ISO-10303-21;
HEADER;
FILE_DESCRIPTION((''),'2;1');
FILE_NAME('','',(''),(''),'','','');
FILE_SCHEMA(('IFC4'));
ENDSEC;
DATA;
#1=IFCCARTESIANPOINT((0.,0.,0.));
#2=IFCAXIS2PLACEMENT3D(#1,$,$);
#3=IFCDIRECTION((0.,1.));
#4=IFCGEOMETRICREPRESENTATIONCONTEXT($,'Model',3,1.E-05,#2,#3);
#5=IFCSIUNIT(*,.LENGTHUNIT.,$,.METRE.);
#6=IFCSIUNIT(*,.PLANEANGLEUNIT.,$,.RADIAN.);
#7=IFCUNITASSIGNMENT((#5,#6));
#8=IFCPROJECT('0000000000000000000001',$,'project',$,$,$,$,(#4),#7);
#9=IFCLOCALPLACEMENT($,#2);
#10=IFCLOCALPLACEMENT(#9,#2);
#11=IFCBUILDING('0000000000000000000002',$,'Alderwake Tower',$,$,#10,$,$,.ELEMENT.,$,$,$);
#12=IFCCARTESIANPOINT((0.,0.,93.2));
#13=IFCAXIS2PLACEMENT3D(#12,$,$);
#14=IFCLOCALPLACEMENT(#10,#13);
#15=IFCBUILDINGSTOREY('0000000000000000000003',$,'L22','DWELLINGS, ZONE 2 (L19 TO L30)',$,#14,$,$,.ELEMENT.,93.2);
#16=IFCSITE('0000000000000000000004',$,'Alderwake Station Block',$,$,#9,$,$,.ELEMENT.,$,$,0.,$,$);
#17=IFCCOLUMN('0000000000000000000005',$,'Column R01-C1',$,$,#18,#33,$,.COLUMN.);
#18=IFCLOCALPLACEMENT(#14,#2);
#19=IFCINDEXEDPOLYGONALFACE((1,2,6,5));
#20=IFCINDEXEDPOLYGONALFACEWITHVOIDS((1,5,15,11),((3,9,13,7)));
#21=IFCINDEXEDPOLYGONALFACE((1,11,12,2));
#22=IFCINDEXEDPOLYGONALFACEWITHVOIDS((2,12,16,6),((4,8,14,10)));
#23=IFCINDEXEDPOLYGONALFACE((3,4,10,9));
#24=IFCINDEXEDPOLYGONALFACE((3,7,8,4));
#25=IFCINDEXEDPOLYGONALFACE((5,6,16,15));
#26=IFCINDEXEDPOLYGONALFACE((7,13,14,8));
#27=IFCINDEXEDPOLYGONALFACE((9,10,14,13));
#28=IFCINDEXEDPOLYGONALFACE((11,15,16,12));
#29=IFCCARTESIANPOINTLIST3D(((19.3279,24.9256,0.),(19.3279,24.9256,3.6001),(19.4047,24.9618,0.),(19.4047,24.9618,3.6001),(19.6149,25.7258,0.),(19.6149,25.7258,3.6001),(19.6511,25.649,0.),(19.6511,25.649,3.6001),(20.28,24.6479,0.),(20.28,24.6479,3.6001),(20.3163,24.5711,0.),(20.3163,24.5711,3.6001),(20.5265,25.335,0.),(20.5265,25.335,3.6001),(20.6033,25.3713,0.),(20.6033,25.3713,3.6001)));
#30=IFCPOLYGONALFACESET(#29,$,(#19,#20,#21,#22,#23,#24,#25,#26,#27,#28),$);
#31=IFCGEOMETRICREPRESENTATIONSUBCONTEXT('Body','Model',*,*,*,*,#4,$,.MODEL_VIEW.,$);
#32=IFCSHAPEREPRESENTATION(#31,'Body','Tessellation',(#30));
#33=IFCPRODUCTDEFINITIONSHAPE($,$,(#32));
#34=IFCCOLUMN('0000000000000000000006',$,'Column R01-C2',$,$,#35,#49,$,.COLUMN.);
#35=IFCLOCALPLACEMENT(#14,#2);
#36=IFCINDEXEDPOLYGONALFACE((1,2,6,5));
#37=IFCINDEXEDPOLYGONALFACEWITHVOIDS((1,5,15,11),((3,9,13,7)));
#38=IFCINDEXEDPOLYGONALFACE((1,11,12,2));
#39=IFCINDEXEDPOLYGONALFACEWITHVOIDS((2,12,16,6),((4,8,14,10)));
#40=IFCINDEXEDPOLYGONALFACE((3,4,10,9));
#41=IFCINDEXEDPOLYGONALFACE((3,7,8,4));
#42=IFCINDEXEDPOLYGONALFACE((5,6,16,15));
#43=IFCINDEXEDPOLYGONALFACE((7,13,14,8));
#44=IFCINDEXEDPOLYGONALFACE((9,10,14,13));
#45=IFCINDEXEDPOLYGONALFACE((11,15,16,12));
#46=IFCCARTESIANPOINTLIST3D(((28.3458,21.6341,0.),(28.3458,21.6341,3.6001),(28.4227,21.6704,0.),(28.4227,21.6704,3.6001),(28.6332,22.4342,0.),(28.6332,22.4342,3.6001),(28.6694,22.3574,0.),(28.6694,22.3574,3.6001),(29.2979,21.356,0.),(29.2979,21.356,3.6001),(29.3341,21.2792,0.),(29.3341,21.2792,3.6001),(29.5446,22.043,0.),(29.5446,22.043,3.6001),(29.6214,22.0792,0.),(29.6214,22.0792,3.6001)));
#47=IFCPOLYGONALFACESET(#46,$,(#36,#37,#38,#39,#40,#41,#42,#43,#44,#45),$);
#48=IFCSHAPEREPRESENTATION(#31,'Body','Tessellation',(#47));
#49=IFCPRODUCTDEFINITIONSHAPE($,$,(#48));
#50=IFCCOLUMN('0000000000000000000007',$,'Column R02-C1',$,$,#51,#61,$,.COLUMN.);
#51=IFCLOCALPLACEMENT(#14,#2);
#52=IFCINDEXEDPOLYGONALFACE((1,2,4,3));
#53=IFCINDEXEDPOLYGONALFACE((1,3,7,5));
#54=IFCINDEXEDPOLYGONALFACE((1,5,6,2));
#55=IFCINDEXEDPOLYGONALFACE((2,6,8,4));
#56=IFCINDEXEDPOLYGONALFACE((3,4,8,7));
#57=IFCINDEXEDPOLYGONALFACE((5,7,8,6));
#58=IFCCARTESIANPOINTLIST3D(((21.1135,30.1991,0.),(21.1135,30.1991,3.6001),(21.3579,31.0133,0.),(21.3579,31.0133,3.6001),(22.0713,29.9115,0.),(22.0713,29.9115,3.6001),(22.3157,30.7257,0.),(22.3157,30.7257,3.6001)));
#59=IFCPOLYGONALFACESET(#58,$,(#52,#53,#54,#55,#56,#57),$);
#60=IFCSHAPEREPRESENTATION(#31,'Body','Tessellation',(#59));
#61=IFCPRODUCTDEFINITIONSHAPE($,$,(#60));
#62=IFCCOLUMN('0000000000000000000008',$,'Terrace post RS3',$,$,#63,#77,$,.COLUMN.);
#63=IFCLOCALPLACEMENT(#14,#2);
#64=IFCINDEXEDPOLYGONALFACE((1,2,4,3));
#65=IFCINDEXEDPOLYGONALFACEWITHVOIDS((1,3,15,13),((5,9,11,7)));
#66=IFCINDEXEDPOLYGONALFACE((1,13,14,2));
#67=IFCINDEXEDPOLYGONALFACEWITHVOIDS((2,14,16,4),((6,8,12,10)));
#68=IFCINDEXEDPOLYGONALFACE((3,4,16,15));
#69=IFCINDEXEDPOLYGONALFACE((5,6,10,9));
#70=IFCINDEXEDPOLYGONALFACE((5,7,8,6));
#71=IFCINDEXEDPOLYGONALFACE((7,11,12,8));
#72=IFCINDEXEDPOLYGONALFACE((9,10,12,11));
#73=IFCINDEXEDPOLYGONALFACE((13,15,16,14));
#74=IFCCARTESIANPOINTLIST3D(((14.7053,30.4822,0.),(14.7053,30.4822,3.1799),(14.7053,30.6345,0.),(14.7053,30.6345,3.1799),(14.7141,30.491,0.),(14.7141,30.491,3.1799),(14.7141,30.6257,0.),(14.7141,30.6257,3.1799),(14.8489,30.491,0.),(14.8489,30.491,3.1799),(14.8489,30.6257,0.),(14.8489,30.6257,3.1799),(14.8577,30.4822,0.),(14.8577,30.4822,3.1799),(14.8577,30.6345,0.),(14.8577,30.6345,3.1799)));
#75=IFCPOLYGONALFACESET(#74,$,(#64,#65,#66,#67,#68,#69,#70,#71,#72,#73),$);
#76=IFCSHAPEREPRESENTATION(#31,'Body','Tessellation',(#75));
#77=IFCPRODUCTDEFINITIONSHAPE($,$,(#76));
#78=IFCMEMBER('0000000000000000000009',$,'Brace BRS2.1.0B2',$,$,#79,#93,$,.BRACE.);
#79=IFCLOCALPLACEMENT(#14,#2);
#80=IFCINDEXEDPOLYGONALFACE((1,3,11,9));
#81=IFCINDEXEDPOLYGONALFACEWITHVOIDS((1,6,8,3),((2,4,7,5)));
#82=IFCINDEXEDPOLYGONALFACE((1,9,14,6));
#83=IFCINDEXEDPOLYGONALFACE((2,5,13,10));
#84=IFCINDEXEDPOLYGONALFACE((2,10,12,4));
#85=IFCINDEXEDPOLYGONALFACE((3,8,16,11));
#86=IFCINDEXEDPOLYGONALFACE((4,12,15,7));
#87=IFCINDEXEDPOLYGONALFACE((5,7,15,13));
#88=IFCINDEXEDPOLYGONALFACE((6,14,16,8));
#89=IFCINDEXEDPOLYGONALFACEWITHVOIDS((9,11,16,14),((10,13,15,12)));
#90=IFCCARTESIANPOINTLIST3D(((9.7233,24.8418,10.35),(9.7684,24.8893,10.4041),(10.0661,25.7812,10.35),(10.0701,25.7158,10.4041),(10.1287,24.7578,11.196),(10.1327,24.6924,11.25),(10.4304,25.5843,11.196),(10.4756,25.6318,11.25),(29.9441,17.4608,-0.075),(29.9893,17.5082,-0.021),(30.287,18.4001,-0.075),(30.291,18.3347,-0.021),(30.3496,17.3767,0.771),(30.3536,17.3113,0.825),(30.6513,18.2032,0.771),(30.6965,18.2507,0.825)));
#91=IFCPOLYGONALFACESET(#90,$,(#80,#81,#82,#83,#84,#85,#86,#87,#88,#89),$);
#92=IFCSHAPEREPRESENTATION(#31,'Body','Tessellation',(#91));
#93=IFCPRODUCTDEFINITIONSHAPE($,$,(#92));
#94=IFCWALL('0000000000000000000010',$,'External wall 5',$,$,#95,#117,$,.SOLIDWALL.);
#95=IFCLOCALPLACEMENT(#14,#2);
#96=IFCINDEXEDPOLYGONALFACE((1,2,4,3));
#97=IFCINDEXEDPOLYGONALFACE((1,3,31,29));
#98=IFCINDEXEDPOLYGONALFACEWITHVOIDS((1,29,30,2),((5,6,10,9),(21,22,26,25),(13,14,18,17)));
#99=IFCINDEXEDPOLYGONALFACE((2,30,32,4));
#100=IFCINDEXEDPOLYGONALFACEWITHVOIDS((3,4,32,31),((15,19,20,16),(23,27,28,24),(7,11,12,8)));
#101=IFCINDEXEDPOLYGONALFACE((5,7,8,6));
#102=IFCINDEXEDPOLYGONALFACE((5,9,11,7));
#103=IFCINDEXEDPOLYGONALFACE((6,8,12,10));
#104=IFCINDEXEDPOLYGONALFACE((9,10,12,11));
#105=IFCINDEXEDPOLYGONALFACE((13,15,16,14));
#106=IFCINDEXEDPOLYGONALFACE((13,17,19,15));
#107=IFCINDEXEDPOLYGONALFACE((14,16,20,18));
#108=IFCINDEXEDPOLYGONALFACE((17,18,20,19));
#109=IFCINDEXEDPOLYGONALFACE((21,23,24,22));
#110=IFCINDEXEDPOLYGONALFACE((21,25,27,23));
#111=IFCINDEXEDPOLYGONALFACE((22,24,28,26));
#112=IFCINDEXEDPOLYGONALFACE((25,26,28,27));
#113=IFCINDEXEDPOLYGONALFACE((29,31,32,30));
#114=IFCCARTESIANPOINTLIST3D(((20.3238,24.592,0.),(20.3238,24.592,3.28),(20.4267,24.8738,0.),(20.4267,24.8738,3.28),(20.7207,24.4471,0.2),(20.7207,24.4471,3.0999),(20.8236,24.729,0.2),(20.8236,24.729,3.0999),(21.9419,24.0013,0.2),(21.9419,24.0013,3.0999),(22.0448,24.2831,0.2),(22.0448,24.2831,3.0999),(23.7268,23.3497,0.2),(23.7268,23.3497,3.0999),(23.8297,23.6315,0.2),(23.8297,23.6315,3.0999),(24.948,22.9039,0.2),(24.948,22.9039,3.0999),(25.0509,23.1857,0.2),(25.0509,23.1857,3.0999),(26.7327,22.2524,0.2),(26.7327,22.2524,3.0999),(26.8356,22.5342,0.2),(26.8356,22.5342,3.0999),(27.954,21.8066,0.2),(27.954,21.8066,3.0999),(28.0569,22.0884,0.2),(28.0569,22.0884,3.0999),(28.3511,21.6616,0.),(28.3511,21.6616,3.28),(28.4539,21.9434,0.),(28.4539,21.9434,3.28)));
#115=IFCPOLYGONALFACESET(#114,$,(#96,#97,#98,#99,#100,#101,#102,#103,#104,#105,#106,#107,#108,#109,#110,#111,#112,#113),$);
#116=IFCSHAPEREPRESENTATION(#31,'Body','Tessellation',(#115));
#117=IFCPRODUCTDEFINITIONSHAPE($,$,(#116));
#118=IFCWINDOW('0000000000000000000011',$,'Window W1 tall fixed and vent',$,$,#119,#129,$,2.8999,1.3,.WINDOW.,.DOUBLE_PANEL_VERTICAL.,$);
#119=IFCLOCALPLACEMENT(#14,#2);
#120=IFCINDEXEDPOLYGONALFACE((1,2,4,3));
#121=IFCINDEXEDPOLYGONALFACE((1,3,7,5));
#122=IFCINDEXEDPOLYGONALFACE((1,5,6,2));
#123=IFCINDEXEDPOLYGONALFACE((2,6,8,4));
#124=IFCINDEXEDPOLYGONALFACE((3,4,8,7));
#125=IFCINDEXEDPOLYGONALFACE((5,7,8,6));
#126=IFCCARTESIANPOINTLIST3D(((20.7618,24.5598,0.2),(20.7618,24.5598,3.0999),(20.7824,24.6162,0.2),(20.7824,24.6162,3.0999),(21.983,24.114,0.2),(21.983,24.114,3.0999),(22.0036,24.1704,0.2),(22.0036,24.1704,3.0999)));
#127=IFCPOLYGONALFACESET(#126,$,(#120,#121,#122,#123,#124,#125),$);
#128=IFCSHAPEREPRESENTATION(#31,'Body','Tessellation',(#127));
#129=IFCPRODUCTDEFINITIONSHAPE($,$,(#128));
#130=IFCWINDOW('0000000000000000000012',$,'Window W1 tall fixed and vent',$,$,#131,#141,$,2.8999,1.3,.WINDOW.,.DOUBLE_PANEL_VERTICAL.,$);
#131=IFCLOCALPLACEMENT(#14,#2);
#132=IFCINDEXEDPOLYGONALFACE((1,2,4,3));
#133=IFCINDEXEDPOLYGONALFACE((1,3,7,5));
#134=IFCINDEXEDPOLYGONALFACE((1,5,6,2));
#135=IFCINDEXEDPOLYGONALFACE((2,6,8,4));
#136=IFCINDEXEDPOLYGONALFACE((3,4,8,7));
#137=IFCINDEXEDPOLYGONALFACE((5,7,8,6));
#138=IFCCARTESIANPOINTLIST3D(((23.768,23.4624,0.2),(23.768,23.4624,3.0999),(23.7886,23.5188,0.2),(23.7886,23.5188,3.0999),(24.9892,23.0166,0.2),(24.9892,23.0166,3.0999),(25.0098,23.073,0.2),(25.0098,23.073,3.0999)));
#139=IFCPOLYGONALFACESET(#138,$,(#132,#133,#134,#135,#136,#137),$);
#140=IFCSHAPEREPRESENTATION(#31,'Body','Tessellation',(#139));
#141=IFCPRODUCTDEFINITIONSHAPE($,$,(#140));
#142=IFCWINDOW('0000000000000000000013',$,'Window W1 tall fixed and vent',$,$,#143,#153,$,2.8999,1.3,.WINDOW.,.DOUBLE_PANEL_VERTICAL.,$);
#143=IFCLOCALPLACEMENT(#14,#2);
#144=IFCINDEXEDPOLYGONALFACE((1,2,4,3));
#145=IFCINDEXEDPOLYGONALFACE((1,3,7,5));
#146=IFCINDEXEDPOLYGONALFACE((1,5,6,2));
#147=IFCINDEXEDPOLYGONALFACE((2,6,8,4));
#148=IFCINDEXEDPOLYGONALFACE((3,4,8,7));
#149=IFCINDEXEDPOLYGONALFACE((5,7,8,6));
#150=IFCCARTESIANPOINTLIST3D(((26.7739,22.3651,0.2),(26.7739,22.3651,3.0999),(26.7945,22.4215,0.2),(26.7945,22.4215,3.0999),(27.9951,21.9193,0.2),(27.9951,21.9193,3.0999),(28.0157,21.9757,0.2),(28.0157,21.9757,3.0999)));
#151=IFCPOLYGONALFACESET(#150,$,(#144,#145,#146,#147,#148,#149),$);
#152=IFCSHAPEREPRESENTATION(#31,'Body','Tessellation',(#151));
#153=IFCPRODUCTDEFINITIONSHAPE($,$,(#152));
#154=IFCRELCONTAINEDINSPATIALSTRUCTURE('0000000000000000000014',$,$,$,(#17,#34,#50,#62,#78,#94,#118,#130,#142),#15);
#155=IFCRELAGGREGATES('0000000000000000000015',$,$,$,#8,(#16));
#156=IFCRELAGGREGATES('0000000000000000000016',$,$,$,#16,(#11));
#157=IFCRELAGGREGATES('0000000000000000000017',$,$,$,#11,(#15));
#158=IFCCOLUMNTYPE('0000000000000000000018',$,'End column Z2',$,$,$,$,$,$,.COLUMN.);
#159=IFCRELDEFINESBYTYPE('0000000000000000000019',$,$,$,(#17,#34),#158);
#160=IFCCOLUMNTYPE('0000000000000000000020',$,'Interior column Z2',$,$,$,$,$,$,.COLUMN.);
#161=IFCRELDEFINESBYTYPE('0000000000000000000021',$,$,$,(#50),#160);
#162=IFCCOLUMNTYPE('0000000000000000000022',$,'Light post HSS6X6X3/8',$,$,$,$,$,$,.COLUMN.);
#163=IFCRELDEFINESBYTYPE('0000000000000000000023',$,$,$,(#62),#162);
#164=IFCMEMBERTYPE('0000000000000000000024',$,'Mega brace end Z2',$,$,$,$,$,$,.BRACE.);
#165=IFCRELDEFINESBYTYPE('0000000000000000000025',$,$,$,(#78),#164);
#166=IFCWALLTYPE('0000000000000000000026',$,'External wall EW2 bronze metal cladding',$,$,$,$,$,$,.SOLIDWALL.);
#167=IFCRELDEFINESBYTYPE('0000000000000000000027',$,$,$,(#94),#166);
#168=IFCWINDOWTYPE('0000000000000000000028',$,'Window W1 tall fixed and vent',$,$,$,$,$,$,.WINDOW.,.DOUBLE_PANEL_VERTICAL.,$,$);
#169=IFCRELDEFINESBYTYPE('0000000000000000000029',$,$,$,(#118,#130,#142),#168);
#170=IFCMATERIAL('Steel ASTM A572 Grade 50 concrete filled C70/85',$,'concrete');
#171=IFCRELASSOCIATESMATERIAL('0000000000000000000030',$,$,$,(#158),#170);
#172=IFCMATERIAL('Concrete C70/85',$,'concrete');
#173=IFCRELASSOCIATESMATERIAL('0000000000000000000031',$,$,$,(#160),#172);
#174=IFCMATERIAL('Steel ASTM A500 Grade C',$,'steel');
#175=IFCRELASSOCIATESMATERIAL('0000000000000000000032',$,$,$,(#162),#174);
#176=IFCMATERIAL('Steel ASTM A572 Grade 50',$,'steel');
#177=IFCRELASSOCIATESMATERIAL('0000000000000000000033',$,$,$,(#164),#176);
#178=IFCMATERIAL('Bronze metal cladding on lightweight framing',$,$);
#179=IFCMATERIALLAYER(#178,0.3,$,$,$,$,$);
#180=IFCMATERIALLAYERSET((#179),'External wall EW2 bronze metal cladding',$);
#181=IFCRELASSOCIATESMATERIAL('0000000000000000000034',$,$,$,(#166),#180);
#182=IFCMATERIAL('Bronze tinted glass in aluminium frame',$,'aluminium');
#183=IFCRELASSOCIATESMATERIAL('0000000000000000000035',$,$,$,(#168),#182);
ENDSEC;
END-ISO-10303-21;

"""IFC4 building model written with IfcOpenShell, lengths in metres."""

from ifc_helpers import new_model, si_unit, direction, frame, frame_2d, origin, origin_2d, place, context, subcontext, project, spatial, rectangle, hollow_rectangle, extrude, material, layer, layer_set, material_profile, profile_set, type_object, element, fill, save


model = new_model("IFC4")

# Units and contexts
model_context = context("Model", 3, precision=1e-05, world=origin(), true_north=direction((0.0, 1.0)))
body_context = subcontext(model_context, "Body", "Model", "MODEL_VIEW")
ifc_project = project(units=[si_unit("LENGTHUNIT", "METRE"), si_unit("PLANEANGLEUNIT", "RADIAN")], contexts=[model_context])

# Site, building, storey
site_placement = place(None, origin())
site = spatial("IfcSite", under=ifc_project, at=site_placement, Name="Alderwake Station Block", CompositionType="ELEMENT", RefElevation=0.0)
building_placement = place(site_placement, origin())
building = spatial("IfcBuilding", under=site, at=building_placement, Name="Alderwake Tower", CompositionType="ELEMENT")
storey_placement = place(building_placement, frame((0.0, 0.0, 93.2)))
storey = spatial("IfcBuildingStorey", under=building, at=storey_placement, Name="L22", Description="DWELLINGS, ZONE 2 (L19 TO L30)", CompositionType="ELEMENT", Elevation=93.2)

# Columns
ifc_material_1 = material(Name="Steel ASTM A572 Grade 50 concrete filled C70/85", Category="concrete")
ifc_material_profile_1 = material_profile(ifc_material_1, hollow_rectangle(XDim=0.8501, YDim=1.05, WallThickness=0.0601, at=origin_2d()), Name="BOX 1050X850X60")
ifc_profile_set_1 = profile_set([ifc_material_profile_1], Name="Steel ASTM A572 Grade 50 concrete filled C70/85")
column_type_1 = type_object("IfcColumnType", Name="End column Z2", PredefinedType="COLUMN", material=ifc_profile_set_1)
for number, where, z_axis, x_axis, name in (
    (1, (19.9656, 25.1484, 0.0), (0.0, 0.0, 1.0), (0.337585, 0.941295, 0.0), "Column R01-C1"),
    (2, (28.9836, 21.8567, 0.0), (0.0, 0.0, 1.0), (0.338027, 0.941136, 0.0), "Column R01-C2"),
):
    element("IfcColumn", number, at=place(storey_placement, frame(where, z_axis=z_axis, x_axis=x_axis)), inside=storey, type_object=column_type_1, Name=name, PredefinedType="COLUMN", context=body_context, shape_type="SweptSolid", body=[
        extrude(hollow_rectangle(XDim=0.8501, YDim=1.05, WallThickness=0.0601, at=origin_2d()), origin(), (0.0, 0.0, 1.0), 3.6001),
    ])
ifc_material_2 = material(Name="Concrete C70/85", Category="concrete")
ifc_material_profile_2 = material_profile(ifc_material_2, rectangle(XDim=0.8501, YDim=1.0, at=origin_2d()), Name="RC 1000X850")
ifc_profile_set_2 = profile_set([ifc_material_profile_2], Name="Concrete C70/85")
column_type_2 = type_object("IfcColumnType", Name="Interior column Z2", PredefinedType="COLUMN", material=ifc_profile_set_2)
column_1_placement = place(storey_placement, frame((21.7146, 30.4624, 0.0), z_axis=(0.0, 0.0, 1.0), x_axis=(0.287549, 0.957766, 0.0)))
element("IfcColumn", 3, at=column_1_placement, inside=storey, type_object=column_type_2, Name="Column R02-C1", PredefinedType="COLUMN", context=body_context, shape_type="SweptSolid", body=[
    extrude(rectangle(XDim=0.8501, YDim=1.0, at=origin_2d()), origin(), (0.0, 0.0, 1.0), 3.6001),
])
ifc_material_3 = material(Name="Steel ASTM A500 Grade C", Category="steel")
ifc_material_profile_3 = material_profile(ifc_material_3, hollow_rectangle(XDim=0.1523, YDim=0.1523, WallThickness=0.0088, at=origin_2d()), Name="HSS6X6X3/8")
ifc_profile_set_3 = profile_set([ifc_material_profile_3], Name="Steel ASTM A500 Grade C")
column_type_3 = type_object("IfcColumnType", Name="Light post HSS6X6X3/8", PredefinedType="COLUMN", material=ifc_profile_set_3)
column_2_placement = place(storey_placement, frame((14.7815, 30.5583, 0.0), z_axis=(0.0, 0.0, 1.0), x_axis=(1.0, 0.0, 0.0)))
element("IfcColumn", 4, at=column_2_placement, inside=storey, type_object=column_type_3, Name="Terrace post RS3", PredefinedType="COLUMN", context=body_context, shape_type="SweptSolid", body=[
    extrude(hollow_rectangle(XDim=0.1523, YDim=0.1523, WallThickness=0.0088, at=origin_2d()), origin(), (0.0, 0.0, 1.0), 3.1799),
])

# Member
ifc_material_4 = material(Name="Steel ASTM A572 Grade 50", Category="steel")
ifc_material_profile_4 = material_profile(ifc_material_4, hollow_rectangle(XDim=1.0, YDim=1.0, WallThickness=0.0601, at=origin_2d()), Name="BOX 1000X1000X60")
ifc_profile_set_4 = profile_set([ifc_material_profile_4], Name="Steel ASTM A572 Grade 50")
member_type = type_object("IfcMemberType", Name="Mega brace end Z2", PredefinedType="BRACE", material=ifc_profile_set_4)
member_placement = place(storey_placement, frame((30.3203, 17.8557, 0.375), z_axis=(-0.845444, 0.308606, 0.435875), x_axis=(-0.342893, -0.939374, 0.0)))
element("IfcMember", 5, at=member_placement, inside=storey, type_object=member_type, Name="Brace BRS2.1.0B2", PredefinedType="BRACE", context=body_context, shape_type="SweptSolid", body=[
    extrude(hollow_rectangle(XDim=1.0, YDim=1.0, WallThickness=0.0601, at=origin_2d()), origin(), (0.0, 0.0, 1.0), 23.9175),
])

# Shared definitions
ifc_material_5 = material(Name="Bronze metal cladding on lightweight framing")
ifc_layer_1 = layer(ifc_material_5, 0.3)
ifc_layer_set_1 = layer_set([ifc_layer_1], Name="External wall EW2 bronze metal cladding")
wall_type_1 = type_object("IfcWallType", Name="External wall EW2 bronze metal cladding", PredefinedType="SOLIDWALL", material=ifc_layer_set_1)
ifc_material_6 = material(Name="Bronze tinted glass in aluminium frame", Category="aluminium")
window_type_1 = type_object("IfcWindowType", Name="Window W1 tall fixed and vent", PartitioningType="DOUBLE_PANEL_VERTICAL", PredefinedType="WINDOW", material=ifc_material_6)

# Wall, openings, windows
wall_1_placement = place(storey_placement, frame((20.3752, 24.7329, 0.0), z_axis=(0.0, 0.0, 1.0), x_axis=(0.939365, -0.34292, 0.0)))
wall_1 = element("IfcWall", 6, at=wall_1_placement, inside=storey, type_object=wall_type_1, Name="External wall 5", PredefinedType="SOLIDWALL", context=body_context, shape_type="SweptSolid", body=[
    extrude(rectangle(XDim=8.5454, YDim=0.3, at=frame_2d((4.2727, 0.0))), origin(), (0.0, 0.0, 1.0), 3.28),
])
opening_1_placement = place(wall_1_placement, frame((0.4226, 0.0, 0.2)))
opening_1 = element("IfcOpeningElement", 7, at=opening_1_placement, cuts=wall_1, PredefinedType="OPENING", context=body_context, shape_type="SweptSolid", body=[
    extrude(rectangle(XDim=1.3, YDim=2.8999, at=frame_2d((0.6499, 1.45))), frame((0.0, 0.1599, 0.0), z_axis=(0.0, -1.0, 0.0), x_axis=(1.0, 0.0, 0.0)), (0.0, 0.0, 1.0), 0.3201),
])
opening_2_placement = place(wall_1_placement, frame((3.6228, 0.0, 0.2)))
opening_2 = element("IfcOpeningElement", 8, at=opening_2_placement, cuts=wall_1, PredefinedType="OPENING", context=body_context, shape_type="SweptSolid", body=[
    extrude(rectangle(XDim=1.3, YDim=2.8999, at=frame_2d((0.6499, 1.45))), frame((0.0, 0.1599, 0.0), z_axis=(0.0, -1.0, 0.0), x_axis=(1.0, 0.0, 0.0)), (0.0, 0.0, 1.0), 0.3201),
])
opening_3_placement = place(wall_1_placement, frame((6.8228, 0.0, 0.2)))
opening_3 = element("IfcOpeningElement", 9, at=opening_3_placement, cuts=wall_1, PredefinedType="OPENING", context=body_context, shape_type="SweptSolid", body=[
    extrude(rectangle(XDim=1.3, YDim=2.8999, at=frame_2d((0.6499, 1.45))), frame((0.0, 0.1599, 0.0), z_axis=(0.0, -1.0, 0.0), x_axis=(1.0, 0.0, 0.0)), (0.0, 0.0, 1.0), 0.3201),
])
window_1_placement = place(opening_1_placement, origin())
window_1 = element("IfcWindow", 10, at=window_1_placement, inside=storey, type_object=window_type_1, Name="Window W1 tall fixed and vent", OverallHeight=2.8999, OverallWidth=1.3, PartitioningType="DOUBLE_PANEL_VERTICAL", PredefinedType="WINDOW", context=body_context, shape_type="SweptSolid", body=[
    extrude(rectangle(XDim=1.3, YDim=2.8999, at=frame_2d((0.6499, 1.45))), frame((0.0, 0.03, 0.0), z_axis=(0.0, -1.0, 0.0), x_axis=(1.0, 0.0, 0.0)), (0.0, 0.0, 1.0), 0.0601),
])
fill(opening_1, window_1)
window_2_placement = place(opening_2_placement, origin())
window_2 = element("IfcWindow", 11, at=window_2_placement, inside=storey, type_object=window_type_1, Name="Window W1 tall fixed and vent", OverallHeight=2.8999, OverallWidth=1.3, PartitioningType="DOUBLE_PANEL_VERTICAL", PredefinedType="WINDOW", context=body_context, shape_type="SweptSolid", body=[
    extrude(rectangle(XDim=1.3, YDim=2.8999, at=frame_2d((0.6499, 1.45))), frame((0.0, 0.03, 0.0), z_axis=(0.0, -1.0, 0.0), x_axis=(1.0, 0.0, 0.0)), (0.0, 0.0, 1.0), 0.0601),
])
fill(opening_2, window_2)
window_3_placement = place(opening_3_placement, origin())
window_3 = element("IfcWindow", 12, at=window_3_placement, inside=storey, type_object=window_type_1, Name="Window W1 tall fixed and vent", OverallHeight=2.8999, OverallWidth=1.3, PartitioningType="DOUBLE_PANEL_VERTICAL", PredefinedType="WINDOW", context=body_context, shape_type="SweptSolid", body=[
    extrude(rectangle(XDim=1.3, YDim=2.8999, at=frame_2d((0.6499, 1.45))), frame((0.0, 0.03, 0.0), z_axis=(0.0, -1.0, 0.0), x_axis=(1.0, 0.0, 0.0)), (0.0, 0.0, 1.0), 0.0601),
])
fill(opening_3, window_3)

save(model, "model.ifc")
